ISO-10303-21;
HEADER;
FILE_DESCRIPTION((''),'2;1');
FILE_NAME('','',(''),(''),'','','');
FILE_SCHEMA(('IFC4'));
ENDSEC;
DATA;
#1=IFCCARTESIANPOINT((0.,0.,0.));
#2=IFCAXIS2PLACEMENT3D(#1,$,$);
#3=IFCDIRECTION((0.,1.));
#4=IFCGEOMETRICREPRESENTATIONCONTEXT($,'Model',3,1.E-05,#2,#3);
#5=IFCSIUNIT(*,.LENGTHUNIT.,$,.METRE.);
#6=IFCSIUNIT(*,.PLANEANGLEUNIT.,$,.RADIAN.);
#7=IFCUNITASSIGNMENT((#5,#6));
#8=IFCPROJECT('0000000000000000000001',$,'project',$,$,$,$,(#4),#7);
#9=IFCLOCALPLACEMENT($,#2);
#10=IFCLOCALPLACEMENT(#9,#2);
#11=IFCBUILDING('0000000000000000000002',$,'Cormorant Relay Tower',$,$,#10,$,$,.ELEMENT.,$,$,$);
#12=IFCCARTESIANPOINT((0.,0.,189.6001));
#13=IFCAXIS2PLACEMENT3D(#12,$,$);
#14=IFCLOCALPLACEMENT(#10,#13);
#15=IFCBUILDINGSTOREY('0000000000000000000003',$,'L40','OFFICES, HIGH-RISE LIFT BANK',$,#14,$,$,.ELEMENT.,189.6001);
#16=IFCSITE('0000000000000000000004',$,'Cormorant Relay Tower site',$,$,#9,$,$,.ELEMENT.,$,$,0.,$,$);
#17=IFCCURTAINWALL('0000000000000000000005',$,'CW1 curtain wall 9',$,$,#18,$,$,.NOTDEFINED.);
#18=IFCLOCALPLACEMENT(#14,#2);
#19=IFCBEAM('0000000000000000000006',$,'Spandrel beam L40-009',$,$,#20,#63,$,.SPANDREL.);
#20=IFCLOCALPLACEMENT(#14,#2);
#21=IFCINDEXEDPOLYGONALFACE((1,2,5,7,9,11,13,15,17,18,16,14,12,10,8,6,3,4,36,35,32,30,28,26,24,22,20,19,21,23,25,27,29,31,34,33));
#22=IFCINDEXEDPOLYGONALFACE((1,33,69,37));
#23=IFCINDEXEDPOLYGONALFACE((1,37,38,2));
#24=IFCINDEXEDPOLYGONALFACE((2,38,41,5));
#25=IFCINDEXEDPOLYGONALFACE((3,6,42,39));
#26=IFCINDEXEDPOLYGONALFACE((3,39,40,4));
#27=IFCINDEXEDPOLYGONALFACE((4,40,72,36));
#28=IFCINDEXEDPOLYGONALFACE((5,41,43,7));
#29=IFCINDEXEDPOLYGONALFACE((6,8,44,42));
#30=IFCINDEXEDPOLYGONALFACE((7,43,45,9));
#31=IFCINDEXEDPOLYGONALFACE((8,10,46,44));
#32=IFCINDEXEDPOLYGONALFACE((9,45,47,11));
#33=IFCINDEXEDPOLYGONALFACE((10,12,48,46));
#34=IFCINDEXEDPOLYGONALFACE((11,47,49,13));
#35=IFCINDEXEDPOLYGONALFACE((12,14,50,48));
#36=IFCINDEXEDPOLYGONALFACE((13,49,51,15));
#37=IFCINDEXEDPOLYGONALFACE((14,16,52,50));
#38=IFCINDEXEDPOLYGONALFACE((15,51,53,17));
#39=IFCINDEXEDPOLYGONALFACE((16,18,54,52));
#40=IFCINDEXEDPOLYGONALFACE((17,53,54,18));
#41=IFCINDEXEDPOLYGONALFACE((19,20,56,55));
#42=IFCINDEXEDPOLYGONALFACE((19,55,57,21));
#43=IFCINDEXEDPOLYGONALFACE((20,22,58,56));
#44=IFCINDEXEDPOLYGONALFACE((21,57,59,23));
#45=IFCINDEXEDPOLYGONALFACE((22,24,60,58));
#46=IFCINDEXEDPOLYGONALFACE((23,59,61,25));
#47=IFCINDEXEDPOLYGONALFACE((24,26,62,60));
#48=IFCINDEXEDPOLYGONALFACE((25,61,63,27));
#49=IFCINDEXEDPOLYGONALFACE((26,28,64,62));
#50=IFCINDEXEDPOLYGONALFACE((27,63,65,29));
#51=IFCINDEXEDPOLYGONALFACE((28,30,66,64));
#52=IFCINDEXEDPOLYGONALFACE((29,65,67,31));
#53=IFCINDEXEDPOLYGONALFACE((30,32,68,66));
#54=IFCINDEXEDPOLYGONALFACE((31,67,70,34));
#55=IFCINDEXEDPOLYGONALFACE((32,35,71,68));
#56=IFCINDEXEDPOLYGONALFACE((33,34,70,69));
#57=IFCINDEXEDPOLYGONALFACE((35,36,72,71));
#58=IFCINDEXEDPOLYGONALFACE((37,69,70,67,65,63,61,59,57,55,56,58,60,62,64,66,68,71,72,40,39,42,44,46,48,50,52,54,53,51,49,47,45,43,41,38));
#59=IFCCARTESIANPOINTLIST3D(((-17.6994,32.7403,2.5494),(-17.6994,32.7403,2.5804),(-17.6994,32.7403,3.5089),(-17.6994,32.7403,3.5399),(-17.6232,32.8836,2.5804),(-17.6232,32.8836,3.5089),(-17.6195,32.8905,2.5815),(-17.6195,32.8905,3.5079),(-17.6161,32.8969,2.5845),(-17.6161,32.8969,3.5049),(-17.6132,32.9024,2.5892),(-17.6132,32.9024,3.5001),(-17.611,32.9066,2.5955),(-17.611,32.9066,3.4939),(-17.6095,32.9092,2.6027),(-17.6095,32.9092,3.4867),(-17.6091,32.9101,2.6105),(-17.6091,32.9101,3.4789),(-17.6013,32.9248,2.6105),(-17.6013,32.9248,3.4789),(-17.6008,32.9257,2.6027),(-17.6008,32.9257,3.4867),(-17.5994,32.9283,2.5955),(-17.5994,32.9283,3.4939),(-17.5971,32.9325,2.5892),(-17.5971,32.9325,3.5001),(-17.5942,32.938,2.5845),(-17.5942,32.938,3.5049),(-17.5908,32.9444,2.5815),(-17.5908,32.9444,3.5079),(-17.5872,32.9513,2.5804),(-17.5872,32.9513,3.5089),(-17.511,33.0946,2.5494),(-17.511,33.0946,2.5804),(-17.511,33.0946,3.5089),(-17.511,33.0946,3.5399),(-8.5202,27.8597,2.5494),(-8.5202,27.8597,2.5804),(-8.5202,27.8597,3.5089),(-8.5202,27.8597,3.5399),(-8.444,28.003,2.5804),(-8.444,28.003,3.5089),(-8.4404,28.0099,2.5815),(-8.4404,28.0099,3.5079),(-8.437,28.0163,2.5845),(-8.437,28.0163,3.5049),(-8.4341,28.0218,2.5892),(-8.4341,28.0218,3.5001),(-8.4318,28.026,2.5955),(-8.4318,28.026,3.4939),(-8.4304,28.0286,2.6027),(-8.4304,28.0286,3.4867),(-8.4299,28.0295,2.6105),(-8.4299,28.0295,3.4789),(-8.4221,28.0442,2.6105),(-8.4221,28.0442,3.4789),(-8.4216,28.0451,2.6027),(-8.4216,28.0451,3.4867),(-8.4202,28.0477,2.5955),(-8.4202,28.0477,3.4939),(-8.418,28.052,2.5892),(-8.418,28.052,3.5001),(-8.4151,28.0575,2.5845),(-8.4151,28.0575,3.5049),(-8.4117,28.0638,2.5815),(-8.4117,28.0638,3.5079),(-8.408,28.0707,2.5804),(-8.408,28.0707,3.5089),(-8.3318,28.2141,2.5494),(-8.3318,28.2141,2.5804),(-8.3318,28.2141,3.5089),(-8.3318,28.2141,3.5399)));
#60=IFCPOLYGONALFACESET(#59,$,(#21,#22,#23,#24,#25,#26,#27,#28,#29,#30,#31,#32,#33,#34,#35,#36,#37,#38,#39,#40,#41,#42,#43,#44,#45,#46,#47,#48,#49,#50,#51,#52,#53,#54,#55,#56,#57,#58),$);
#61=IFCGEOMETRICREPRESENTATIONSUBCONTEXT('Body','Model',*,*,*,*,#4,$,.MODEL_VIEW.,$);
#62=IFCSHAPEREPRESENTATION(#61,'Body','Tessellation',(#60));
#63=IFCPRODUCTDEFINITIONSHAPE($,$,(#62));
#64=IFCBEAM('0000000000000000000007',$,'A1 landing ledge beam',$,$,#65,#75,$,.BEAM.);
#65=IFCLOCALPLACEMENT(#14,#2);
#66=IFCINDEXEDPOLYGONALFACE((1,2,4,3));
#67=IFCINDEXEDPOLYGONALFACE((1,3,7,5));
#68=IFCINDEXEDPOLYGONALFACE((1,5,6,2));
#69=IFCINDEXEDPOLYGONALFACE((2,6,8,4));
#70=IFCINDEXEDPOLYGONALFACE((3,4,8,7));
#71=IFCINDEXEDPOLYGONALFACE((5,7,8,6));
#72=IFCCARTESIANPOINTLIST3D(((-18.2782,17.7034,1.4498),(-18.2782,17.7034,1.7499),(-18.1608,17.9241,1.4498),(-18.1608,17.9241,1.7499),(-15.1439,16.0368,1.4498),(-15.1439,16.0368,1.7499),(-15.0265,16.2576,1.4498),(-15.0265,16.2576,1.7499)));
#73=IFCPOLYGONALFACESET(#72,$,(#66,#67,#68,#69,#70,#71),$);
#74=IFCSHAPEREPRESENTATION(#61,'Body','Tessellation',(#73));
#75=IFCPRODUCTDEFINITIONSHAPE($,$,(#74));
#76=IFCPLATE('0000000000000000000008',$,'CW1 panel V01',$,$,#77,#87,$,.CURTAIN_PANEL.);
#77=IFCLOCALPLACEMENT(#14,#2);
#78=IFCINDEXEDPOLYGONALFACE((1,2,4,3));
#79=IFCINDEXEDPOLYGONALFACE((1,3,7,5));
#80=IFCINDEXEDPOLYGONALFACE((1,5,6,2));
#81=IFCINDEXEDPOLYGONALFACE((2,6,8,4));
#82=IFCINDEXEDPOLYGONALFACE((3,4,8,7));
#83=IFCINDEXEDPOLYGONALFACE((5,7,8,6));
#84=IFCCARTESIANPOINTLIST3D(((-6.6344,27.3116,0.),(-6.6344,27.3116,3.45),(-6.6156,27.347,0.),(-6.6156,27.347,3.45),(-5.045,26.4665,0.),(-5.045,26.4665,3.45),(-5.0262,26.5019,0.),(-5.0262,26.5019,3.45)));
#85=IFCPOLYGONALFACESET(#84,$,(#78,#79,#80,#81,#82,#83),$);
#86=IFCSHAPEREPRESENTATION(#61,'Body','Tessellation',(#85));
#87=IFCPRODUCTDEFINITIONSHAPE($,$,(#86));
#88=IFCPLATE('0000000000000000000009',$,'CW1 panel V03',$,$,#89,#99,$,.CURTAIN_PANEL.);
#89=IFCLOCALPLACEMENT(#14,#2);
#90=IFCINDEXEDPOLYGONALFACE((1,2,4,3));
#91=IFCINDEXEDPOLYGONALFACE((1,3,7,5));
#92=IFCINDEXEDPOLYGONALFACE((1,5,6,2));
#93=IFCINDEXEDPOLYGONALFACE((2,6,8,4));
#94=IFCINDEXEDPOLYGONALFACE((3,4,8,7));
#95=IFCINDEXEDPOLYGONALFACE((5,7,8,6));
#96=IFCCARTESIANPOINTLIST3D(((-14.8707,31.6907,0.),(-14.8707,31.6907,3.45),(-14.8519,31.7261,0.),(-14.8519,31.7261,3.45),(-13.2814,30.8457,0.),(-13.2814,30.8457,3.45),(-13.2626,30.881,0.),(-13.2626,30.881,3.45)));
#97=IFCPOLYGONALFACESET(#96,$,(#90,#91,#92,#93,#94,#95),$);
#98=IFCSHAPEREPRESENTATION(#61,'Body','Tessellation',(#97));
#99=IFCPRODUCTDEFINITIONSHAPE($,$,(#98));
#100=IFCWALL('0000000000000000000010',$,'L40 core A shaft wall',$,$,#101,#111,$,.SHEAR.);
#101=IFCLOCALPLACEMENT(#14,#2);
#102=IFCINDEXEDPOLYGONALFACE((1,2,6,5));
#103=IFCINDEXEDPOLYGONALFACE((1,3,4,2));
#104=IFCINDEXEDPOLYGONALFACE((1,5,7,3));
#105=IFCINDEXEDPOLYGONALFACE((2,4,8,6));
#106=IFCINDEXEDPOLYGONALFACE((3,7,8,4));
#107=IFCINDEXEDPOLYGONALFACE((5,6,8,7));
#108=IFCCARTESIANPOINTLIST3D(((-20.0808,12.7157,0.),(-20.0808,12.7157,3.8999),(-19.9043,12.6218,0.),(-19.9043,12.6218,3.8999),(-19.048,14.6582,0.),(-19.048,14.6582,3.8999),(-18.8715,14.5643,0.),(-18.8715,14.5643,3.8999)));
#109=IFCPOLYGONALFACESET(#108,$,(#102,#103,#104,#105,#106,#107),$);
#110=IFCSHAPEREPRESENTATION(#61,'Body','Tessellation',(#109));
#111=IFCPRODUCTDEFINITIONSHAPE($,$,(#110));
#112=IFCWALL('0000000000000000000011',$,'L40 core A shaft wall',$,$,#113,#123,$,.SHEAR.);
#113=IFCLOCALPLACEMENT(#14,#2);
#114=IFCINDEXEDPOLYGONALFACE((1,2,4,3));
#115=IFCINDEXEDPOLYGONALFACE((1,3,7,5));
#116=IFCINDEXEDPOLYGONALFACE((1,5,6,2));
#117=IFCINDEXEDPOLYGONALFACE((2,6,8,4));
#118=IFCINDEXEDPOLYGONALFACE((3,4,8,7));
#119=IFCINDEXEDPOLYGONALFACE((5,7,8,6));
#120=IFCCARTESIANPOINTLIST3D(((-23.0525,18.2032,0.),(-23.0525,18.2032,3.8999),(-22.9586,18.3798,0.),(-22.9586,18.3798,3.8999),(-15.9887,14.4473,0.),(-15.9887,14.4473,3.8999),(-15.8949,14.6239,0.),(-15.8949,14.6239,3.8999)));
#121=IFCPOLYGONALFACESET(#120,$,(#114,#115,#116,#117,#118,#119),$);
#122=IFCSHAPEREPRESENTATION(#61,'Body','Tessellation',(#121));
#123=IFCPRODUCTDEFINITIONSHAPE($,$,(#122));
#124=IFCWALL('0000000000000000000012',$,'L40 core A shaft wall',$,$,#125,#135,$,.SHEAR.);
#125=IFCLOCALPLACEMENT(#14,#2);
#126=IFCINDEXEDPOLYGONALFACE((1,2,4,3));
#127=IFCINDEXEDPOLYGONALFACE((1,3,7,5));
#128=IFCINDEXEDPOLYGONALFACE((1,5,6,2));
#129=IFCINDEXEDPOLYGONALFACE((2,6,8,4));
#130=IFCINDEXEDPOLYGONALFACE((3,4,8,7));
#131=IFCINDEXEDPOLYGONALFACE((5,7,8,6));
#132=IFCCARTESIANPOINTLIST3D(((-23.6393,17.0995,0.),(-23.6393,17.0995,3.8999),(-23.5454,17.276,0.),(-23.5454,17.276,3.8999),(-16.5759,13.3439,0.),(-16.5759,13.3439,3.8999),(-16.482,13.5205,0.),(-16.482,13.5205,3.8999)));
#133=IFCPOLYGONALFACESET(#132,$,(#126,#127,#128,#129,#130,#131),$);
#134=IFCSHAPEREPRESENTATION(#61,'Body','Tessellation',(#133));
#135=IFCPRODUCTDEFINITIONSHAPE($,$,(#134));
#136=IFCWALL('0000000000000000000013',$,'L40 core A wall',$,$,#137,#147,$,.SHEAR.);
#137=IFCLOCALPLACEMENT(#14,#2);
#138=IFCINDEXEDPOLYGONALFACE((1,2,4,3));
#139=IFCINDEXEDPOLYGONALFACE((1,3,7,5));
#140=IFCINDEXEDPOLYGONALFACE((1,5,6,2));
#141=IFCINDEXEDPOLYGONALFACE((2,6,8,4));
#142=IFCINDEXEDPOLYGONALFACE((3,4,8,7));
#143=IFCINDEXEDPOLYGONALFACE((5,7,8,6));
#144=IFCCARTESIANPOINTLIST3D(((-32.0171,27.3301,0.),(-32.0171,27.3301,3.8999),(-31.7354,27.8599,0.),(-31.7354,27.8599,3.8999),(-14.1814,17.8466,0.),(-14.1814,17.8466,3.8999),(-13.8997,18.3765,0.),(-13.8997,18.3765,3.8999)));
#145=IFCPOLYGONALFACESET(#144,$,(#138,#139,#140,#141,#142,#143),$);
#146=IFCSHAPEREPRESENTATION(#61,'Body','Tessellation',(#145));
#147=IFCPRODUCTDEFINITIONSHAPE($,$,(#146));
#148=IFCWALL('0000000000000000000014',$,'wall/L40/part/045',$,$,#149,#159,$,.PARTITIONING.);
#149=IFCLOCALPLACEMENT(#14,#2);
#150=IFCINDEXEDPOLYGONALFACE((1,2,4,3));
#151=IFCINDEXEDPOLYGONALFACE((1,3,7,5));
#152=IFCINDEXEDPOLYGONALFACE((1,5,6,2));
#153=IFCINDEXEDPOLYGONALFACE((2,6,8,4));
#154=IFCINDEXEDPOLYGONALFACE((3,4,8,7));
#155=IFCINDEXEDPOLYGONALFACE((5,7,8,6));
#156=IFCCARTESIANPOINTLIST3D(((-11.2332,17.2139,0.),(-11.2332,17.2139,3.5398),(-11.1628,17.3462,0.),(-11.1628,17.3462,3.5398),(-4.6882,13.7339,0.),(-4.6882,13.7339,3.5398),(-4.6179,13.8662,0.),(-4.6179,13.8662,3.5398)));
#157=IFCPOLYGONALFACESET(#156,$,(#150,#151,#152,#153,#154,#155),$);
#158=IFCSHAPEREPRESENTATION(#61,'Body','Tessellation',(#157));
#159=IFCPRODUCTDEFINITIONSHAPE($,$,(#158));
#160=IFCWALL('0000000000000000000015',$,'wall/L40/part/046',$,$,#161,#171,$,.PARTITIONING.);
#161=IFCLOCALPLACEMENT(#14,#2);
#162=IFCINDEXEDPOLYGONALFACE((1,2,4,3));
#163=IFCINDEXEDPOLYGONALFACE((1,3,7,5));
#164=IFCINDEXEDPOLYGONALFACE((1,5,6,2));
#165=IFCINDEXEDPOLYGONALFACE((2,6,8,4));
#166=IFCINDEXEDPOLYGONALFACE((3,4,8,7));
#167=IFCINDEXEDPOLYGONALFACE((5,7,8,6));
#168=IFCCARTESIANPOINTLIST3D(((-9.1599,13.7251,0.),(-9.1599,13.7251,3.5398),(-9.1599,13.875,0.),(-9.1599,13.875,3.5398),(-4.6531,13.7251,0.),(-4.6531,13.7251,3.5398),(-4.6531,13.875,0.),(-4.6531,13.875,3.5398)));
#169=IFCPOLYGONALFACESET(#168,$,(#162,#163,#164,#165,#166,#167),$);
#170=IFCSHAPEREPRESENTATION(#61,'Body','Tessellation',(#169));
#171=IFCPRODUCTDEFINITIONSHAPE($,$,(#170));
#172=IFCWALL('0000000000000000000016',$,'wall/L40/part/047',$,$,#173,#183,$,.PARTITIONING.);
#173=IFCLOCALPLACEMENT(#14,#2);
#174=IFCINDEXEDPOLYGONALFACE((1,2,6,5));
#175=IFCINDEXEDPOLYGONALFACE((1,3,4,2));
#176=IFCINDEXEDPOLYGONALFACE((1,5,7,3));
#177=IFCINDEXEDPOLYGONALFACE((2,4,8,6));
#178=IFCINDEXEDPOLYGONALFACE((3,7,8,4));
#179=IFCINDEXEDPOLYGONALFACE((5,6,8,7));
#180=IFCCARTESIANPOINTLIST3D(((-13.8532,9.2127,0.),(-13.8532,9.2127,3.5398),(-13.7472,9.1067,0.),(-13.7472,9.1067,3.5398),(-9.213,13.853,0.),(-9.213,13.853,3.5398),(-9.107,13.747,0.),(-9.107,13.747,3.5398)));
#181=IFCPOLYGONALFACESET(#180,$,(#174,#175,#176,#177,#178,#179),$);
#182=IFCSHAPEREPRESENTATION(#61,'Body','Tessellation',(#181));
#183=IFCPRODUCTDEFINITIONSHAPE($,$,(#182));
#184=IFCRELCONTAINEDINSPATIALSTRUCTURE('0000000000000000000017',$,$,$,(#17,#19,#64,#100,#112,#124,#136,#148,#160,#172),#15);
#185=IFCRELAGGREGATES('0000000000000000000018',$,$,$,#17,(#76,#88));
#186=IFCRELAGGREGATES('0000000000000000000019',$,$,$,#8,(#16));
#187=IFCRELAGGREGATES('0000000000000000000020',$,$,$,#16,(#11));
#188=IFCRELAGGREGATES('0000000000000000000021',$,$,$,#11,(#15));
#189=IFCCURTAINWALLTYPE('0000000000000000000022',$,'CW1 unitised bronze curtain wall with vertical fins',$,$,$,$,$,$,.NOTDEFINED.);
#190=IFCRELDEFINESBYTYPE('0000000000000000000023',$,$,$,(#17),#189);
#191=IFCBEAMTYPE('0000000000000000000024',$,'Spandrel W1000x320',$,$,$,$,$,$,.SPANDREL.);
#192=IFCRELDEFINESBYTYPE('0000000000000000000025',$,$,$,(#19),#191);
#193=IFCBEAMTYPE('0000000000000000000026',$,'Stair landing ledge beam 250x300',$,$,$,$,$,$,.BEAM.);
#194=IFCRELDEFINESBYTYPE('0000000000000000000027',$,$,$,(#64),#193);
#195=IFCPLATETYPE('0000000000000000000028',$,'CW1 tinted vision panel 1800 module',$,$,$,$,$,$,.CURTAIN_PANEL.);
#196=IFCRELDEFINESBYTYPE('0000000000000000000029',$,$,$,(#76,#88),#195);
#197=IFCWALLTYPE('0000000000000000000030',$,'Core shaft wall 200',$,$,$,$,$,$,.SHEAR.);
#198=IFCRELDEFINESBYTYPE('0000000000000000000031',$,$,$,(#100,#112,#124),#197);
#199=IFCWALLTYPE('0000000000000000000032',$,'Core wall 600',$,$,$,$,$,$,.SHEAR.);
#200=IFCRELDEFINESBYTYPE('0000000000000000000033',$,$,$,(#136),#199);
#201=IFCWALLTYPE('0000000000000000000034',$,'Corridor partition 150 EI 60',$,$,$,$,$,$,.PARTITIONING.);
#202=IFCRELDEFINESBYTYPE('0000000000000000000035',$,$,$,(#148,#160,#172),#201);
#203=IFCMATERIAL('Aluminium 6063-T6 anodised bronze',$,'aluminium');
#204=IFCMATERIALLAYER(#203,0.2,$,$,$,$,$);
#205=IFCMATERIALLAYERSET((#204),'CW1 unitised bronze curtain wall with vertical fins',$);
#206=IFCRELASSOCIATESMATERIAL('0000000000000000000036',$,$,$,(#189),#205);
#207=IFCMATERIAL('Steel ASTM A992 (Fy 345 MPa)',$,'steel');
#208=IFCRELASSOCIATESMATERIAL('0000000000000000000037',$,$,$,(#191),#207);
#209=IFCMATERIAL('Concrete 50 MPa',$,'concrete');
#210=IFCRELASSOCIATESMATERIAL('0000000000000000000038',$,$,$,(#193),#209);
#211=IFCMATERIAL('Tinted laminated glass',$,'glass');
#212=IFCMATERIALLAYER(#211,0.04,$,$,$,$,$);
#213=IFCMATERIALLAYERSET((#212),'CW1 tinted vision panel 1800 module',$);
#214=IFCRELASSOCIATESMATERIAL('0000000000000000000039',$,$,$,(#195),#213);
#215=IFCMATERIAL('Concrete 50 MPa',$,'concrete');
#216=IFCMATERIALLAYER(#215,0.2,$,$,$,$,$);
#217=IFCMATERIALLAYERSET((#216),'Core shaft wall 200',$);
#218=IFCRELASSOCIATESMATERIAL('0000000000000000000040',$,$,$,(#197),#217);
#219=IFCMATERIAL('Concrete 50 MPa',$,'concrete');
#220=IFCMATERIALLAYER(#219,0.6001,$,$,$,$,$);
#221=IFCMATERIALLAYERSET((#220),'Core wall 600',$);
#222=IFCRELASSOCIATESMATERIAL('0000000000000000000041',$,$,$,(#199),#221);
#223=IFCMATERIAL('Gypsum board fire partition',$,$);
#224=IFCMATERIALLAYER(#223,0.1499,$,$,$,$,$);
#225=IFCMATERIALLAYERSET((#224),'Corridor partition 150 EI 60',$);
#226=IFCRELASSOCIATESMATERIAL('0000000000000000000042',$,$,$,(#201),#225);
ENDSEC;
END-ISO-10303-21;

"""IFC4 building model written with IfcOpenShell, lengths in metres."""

from ifc_helpers import new_model, si_unit, direction, frame, frame_2d, origin, origin_2d, place, context, subcontext, project, spatial, rectangle, i_section, extrude, material, layer, layer_set, material_profile, profile_set, type_object, element, aggregate, save


model = new_model("IFC4")

# Units and contexts
model_context = context("Model", 3, precision=1e-05, world=origin(), true_north=direction((0.0, 1.0)))
body_context = subcontext(model_context, "Body", "Model", "MODEL_VIEW")
ifc_project = project(units=[si_unit("LENGTHUNIT", "METRE"), si_unit("PLANEANGLEUNIT", "RADIAN")], contexts=[model_context])

# Site, building, storey
site_placement = place(None, origin())
site = spatial("IfcSite", under=ifc_project, at=site_placement, Name="Cormorant Relay Tower site", CompositionType="ELEMENT", RefElevation=0.0)
building_placement = place(site_placement, origin())
building = spatial("IfcBuilding", under=site, at=building_placement, Name="Cormorant Relay Tower", CompositionType="ELEMENT")
storey_placement = place(building_placement, frame((0.0, 0.0, 189.6001)))
storey = spatial("IfcBuildingStorey", under=building, at=storey_placement, Name="L40", Description="OFFICES, HIGH-RISE LIFT BANK", CompositionType="ELEMENT", Elevation=189.6001)

# Curtain wall
ifc_material_1 = material(Name="Aluminium 6063-T6 anodised bronze", Category="aluminium")
ifc_layer_1 = layer(ifc_material_1, 0.2)
ifc_layer_set_1 = layer_set([ifc_layer_1], Name="CW1 unitised bronze curtain wall with vertical fins")
curtain_wall_type = type_object("IfcCurtainWallType", Name="CW1 unitised bronze curtain wall with vertical fins", PredefinedType="NOTDEFINED", material=ifc_layer_set_1)
curtain_wall_placement = place(storey_placement, origin())
curtain_wall = element("IfcCurtainWall", 1, at=curtain_wall_placement, inside=storey, type_object=curtain_wall_type, Name="CW1 curtain wall 9", PredefinedType="NOTDEFINED")

# Beams
ifc_material_2 = material(Name="Steel ASTM A992 (Fy 345 MPa)", Category="steel")
ifc_material_profile_1 = material_profile(ifc_material_2, i_section(OverallWidth=0.4014, OverallDepth=0.9905, WebThickness=0.0166, FlangeThickness=0.031, FilletRadius=0.03, at=origin_2d()), Name="W1000x320")
ifc_profile_set_1 = profile_set([ifc_material_profile_1], Name="Steel ASTM A992 (Fy 345 MPa)")
beam_type_1 = type_object("IfcBeamType", Name="Spandrel W1000x320", PredefinedType="SPANDREL", material=ifc_profile_set_1)
beam_1_placement = place(storey_placement, frame((-8.426, 28.0369, 3.0447), z_axis=(-0.88295, 0.469468, 0.0), x_axis=(-0.469468, -0.88295, 0.0)))
element("IfcBeam", 2, at=beam_1_placement, inside=storey, type_object=beam_type_1, Name="Spandrel beam L40-009", PredefinedType="SPANDREL", context=body_context, shape_type="SweptSolid", body=[
    extrude(i_section(OverallWidth=0.4014, OverallDepth=0.9905, WebThickness=0.0166, FlangeThickness=0.031, FilletRadius=0.03, at=origin_2d()), origin(), (0.0, 0.0, 1.0), 10.396),
])
ifc_material_3 = material(Name="Concrete 50 MPa", Category="concrete")
ifc_material_profile_2 = material_profile(ifc_material_3, rectangle(XDim=0.25, YDim=0.3, at=origin_2d()), Name="RC 250x300")
ifc_profile_set_2 = profile_set([ifc_material_profile_2], Name="Concrete 50 MPa")
beam_type_2 = type_object("IfcBeamType", Name="Stair landing ledge beam 250x300", PredefinedType="BEAM", material=ifc_profile_set_2)
beam_2_placement = place(storey_placement, frame((-18.2195, 17.8137, 1.5999), z_axis=(0.88295, -0.469467, 0.0), x_axis=(0.469467, 0.88295, 0.0)))
element("IfcBeam", 3, at=beam_2_placement, inside=storey, type_object=beam_type_2, Name="A1 landing ledge beam", PredefinedType="BEAM", context=body_context, shape_type="SweptSolid", body=[
    extrude(rectangle(XDim=0.25, YDim=0.3, at=origin_2d()), origin(), (0.0, 0.0, 1.0), 3.5498),
])

# Plates
ifc_material_4 = material(Name="Tinted laminated glass", Category="glass")
ifc_layer_2 = layer(ifc_material_4, 0.04)
ifc_layer_set_2 = layer_set([ifc_layer_2], Name="CW1 tinted vision panel 1800 module")
plate_type = type_object("IfcPlateType", Name="CW1 tinted vision panel 1800 module", PredefinedType="CURTAIN_PANEL", material=ifc_layer_set_2)
plate_1_placement = place(storey_placement, frame((-5.8303, 26.9067, 0.0), z_axis=(0.0, 0.0, 1.0), x_axis=(-0.882948, 0.469472, 0.0)))
plate_1 = element("IfcPlate", 4, at=plate_1_placement, type_object=plate_type, Name="CW1 panel V01", PredefinedType="CURTAIN_PANEL", context=body_context, shape_type="SweptSolid", body=[
    extrude(rectangle(XDim=1.8, YDim=0.04, at=origin_2d()), origin(), (0.0, 0.0, 1.0), 3.45),
])
plate_2_placement = place(storey_placement, frame((-14.0667, 31.2859, 0.0), z_axis=(0.0, 0.0, 1.0), x_axis=(-0.882948, 0.469472, 0.0)))
plate_2 = element("IfcPlate", 5, at=plate_2_placement, type_object=plate_type, Name="CW1 panel V03", PredefinedType="CURTAIN_PANEL", context=body_context, shape_type="SweptSolid", body=[
    extrude(rectangle(XDim=1.8, YDim=0.04, at=origin_2d()), origin(), (0.0, 0.0, 1.0), 3.45),
])

# Walls
ifc_material_5 = material(Name="Concrete 50 MPa", Category="concrete")
ifc_layer_3 = layer(ifc_material_5, 0.2)
ifc_layer_set_3 = layer_set([ifc_layer_3], Name="Core shaft wall 200")
wall_type_1 = type_object("IfcWallType", Name="Core shaft wall 200", PredefinedType="SHEAR", material=ifc_layer_set_3)
wall_1_placement = place(storey_placement, frame((-18.9597, 14.6113, 0.0), z_axis=(0.0, 0.0, 1.0), x_axis=(-0.469447, -0.88296, 0.0)))
element("IfcWall", 6, at=wall_1_placement, inside=storey, type_object=wall_type_1, Name="L40 core A shaft wall", PredefinedType="SHEAR", context=body_context, shape_type="SweptSolid", body=[
    extrude(rectangle(XDim=2.2, YDim=0.2, at=frame_2d((1.1001, 0.0))), origin(), (0.0, 0.0, 1.0), 3.8999),
])
wall_2_placement = place(storey_placement, frame((-15.9419, 14.5356, 0.0), z_axis=(0.0, 0.0, 1.0), x_axis=(-0.882947, 0.469473, 0.0)))
element("IfcWall", 7, at=wall_2_placement, inside=storey, type_object=wall_type_1, Name="L40 core A shaft wall", PredefinedType="SHEAR", context=body_context, shape_type="SweptSolid", body=[
    extrude(rectangle(XDim=8.0002, YDim=0.2, at=frame_2d((4.0, 0.0))), origin(), (0.0, 0.0, 1.0), 3.8999),
])
wall_3_placement = place(storey_placement, frame((-16.5288, 13.4321, 0.0), z_axis=(0.0, 0.0, 1.0), x_axis=(-0.882953, 0.469462, 0.0)))
element("IfcWall", 8, at=wall_3_placement, inside=storey, type_object=wall_type_1, Name="L40 core A shaft wall", PredefinedType="SHEAR", context=body_context, shape_type="SweptSolid", body=[
    extrude(rectangle(XDim=7.9998, YDim=0.2, at=frame_2d((4.0, 0.0))), origin(), (0.0, 0.0, 1.0), 3.8999),
])

# Shared definitions
ifc_material_6 = material(Name="Concrete 50 MPa", Category="concrete")
ifc_layer_4 = layer(ifc_material_6, 0.6001)
ifc_layer_set_4 = layer_set([ifc_layer_4], Name="Core wall 600")
wall_type_2 = type_object("IfcWallType", Name="Core wall 600", PredefinedType="SHEAR", material=ifc_layer_set_4)

# Walls
wall_4_placement = place(storey_placement, frame((-14.0405, 18.1116, 0.0), z_axis=(0.0, 0.0, 1.0), x_axis=(-0.882948, 0.469471, 0.0)))
element("IfcWall", 9, at=wall_4_placement, inside=storey, type_object=wall_type_2, Name="L40 core A wall", PredefinedType="SHEAR", context=body_context, shape_type="SweptSolid", body=[
    extrude(rectangle(XDim=20.2002, YDim=0.6001, at=frame_2d((10.1001, 0.0))), origin(), (0.0, 0.0, 1.0), 3.8999),
])
ifc_material_7 = material(Name="Gypsum board fire partition")
ifc_layer_5 = layer(ifc_material_7, 0.1499)
ifc_layer_set_5 = layer_set([ifc_layer_5], Name="Corridor partition 150 EI 60")
wall_type_3 = type_object("IfcWallType", Name="Corridor partition 150 EI 60", PredefinedType="PARTITIONING", material=ifc_layer_set_5)
wall_5_placement = place(storey_placement, frame((-11.198, 17.28, 0.0), z_axis=(0.0, 0.0, 1.0), x_axis=(0.882948, -0.46947, 0.0)))
element("IfcWall", 10, at=wall_5_placement, inside=storey, type_object=wall_type_3, Name="wall/L40/part/045", PredefinedType="PARTITIONING", context=body_context, shape_type="SweptSolid", body=[
    extrude(rectangle(XDim=7.4126, YDim=0.1499, at=frame_2d((3.7063, 0.0))), origin(), (0.0, 0.0, 1.0), 3.5398),
])
wall_6_placement = place(storey_placement, frame((-4.6531, 13.8, 0.0), z_axis=(0.0, 0.0, 1.0), x_axis=(-1.0, 0.0, 0.0)))
element("IfcWall", 11, at=wall_6_placement, inside=storey, type_object=wall_type_3, Name="wall/L40/part/046", PredefinedType="PARTITIONING", context=body_context, shape_type="SweptSolid", body=[
    extrude(rectangle(XDim=4.5068, YDim=0.1499, at=frame_2d((2.2534, 0.0))), origin(), (0.0, 0.0, 1.0), 3.5398),
])
wall_7_placement = place(storey_placement, frame((-9.1599, 13.8, 0.0), z_axis=(0.0, 0.0, 1.0), x_axis=(-0.707107, -0.707107, 0.0)))
element("IfcWall", 12, at=wall_7_placement, inside=storey, type_object=wall_type_3, Name="wall/L40/part/047", PredefinedType="PARTITIONING", context=body_context, shape_type="SweptSolid", body=[
    extrude(rectangle(XDim=6.5623, YDim=0.1499, at=frame_2d((3.2812, 0.0))), origin(), (0.0, 0.0, 1.0), 3.5398),
])

aggregate(curtain_wall, [plate_1, plate_2])

save(model, "model.ifc")
